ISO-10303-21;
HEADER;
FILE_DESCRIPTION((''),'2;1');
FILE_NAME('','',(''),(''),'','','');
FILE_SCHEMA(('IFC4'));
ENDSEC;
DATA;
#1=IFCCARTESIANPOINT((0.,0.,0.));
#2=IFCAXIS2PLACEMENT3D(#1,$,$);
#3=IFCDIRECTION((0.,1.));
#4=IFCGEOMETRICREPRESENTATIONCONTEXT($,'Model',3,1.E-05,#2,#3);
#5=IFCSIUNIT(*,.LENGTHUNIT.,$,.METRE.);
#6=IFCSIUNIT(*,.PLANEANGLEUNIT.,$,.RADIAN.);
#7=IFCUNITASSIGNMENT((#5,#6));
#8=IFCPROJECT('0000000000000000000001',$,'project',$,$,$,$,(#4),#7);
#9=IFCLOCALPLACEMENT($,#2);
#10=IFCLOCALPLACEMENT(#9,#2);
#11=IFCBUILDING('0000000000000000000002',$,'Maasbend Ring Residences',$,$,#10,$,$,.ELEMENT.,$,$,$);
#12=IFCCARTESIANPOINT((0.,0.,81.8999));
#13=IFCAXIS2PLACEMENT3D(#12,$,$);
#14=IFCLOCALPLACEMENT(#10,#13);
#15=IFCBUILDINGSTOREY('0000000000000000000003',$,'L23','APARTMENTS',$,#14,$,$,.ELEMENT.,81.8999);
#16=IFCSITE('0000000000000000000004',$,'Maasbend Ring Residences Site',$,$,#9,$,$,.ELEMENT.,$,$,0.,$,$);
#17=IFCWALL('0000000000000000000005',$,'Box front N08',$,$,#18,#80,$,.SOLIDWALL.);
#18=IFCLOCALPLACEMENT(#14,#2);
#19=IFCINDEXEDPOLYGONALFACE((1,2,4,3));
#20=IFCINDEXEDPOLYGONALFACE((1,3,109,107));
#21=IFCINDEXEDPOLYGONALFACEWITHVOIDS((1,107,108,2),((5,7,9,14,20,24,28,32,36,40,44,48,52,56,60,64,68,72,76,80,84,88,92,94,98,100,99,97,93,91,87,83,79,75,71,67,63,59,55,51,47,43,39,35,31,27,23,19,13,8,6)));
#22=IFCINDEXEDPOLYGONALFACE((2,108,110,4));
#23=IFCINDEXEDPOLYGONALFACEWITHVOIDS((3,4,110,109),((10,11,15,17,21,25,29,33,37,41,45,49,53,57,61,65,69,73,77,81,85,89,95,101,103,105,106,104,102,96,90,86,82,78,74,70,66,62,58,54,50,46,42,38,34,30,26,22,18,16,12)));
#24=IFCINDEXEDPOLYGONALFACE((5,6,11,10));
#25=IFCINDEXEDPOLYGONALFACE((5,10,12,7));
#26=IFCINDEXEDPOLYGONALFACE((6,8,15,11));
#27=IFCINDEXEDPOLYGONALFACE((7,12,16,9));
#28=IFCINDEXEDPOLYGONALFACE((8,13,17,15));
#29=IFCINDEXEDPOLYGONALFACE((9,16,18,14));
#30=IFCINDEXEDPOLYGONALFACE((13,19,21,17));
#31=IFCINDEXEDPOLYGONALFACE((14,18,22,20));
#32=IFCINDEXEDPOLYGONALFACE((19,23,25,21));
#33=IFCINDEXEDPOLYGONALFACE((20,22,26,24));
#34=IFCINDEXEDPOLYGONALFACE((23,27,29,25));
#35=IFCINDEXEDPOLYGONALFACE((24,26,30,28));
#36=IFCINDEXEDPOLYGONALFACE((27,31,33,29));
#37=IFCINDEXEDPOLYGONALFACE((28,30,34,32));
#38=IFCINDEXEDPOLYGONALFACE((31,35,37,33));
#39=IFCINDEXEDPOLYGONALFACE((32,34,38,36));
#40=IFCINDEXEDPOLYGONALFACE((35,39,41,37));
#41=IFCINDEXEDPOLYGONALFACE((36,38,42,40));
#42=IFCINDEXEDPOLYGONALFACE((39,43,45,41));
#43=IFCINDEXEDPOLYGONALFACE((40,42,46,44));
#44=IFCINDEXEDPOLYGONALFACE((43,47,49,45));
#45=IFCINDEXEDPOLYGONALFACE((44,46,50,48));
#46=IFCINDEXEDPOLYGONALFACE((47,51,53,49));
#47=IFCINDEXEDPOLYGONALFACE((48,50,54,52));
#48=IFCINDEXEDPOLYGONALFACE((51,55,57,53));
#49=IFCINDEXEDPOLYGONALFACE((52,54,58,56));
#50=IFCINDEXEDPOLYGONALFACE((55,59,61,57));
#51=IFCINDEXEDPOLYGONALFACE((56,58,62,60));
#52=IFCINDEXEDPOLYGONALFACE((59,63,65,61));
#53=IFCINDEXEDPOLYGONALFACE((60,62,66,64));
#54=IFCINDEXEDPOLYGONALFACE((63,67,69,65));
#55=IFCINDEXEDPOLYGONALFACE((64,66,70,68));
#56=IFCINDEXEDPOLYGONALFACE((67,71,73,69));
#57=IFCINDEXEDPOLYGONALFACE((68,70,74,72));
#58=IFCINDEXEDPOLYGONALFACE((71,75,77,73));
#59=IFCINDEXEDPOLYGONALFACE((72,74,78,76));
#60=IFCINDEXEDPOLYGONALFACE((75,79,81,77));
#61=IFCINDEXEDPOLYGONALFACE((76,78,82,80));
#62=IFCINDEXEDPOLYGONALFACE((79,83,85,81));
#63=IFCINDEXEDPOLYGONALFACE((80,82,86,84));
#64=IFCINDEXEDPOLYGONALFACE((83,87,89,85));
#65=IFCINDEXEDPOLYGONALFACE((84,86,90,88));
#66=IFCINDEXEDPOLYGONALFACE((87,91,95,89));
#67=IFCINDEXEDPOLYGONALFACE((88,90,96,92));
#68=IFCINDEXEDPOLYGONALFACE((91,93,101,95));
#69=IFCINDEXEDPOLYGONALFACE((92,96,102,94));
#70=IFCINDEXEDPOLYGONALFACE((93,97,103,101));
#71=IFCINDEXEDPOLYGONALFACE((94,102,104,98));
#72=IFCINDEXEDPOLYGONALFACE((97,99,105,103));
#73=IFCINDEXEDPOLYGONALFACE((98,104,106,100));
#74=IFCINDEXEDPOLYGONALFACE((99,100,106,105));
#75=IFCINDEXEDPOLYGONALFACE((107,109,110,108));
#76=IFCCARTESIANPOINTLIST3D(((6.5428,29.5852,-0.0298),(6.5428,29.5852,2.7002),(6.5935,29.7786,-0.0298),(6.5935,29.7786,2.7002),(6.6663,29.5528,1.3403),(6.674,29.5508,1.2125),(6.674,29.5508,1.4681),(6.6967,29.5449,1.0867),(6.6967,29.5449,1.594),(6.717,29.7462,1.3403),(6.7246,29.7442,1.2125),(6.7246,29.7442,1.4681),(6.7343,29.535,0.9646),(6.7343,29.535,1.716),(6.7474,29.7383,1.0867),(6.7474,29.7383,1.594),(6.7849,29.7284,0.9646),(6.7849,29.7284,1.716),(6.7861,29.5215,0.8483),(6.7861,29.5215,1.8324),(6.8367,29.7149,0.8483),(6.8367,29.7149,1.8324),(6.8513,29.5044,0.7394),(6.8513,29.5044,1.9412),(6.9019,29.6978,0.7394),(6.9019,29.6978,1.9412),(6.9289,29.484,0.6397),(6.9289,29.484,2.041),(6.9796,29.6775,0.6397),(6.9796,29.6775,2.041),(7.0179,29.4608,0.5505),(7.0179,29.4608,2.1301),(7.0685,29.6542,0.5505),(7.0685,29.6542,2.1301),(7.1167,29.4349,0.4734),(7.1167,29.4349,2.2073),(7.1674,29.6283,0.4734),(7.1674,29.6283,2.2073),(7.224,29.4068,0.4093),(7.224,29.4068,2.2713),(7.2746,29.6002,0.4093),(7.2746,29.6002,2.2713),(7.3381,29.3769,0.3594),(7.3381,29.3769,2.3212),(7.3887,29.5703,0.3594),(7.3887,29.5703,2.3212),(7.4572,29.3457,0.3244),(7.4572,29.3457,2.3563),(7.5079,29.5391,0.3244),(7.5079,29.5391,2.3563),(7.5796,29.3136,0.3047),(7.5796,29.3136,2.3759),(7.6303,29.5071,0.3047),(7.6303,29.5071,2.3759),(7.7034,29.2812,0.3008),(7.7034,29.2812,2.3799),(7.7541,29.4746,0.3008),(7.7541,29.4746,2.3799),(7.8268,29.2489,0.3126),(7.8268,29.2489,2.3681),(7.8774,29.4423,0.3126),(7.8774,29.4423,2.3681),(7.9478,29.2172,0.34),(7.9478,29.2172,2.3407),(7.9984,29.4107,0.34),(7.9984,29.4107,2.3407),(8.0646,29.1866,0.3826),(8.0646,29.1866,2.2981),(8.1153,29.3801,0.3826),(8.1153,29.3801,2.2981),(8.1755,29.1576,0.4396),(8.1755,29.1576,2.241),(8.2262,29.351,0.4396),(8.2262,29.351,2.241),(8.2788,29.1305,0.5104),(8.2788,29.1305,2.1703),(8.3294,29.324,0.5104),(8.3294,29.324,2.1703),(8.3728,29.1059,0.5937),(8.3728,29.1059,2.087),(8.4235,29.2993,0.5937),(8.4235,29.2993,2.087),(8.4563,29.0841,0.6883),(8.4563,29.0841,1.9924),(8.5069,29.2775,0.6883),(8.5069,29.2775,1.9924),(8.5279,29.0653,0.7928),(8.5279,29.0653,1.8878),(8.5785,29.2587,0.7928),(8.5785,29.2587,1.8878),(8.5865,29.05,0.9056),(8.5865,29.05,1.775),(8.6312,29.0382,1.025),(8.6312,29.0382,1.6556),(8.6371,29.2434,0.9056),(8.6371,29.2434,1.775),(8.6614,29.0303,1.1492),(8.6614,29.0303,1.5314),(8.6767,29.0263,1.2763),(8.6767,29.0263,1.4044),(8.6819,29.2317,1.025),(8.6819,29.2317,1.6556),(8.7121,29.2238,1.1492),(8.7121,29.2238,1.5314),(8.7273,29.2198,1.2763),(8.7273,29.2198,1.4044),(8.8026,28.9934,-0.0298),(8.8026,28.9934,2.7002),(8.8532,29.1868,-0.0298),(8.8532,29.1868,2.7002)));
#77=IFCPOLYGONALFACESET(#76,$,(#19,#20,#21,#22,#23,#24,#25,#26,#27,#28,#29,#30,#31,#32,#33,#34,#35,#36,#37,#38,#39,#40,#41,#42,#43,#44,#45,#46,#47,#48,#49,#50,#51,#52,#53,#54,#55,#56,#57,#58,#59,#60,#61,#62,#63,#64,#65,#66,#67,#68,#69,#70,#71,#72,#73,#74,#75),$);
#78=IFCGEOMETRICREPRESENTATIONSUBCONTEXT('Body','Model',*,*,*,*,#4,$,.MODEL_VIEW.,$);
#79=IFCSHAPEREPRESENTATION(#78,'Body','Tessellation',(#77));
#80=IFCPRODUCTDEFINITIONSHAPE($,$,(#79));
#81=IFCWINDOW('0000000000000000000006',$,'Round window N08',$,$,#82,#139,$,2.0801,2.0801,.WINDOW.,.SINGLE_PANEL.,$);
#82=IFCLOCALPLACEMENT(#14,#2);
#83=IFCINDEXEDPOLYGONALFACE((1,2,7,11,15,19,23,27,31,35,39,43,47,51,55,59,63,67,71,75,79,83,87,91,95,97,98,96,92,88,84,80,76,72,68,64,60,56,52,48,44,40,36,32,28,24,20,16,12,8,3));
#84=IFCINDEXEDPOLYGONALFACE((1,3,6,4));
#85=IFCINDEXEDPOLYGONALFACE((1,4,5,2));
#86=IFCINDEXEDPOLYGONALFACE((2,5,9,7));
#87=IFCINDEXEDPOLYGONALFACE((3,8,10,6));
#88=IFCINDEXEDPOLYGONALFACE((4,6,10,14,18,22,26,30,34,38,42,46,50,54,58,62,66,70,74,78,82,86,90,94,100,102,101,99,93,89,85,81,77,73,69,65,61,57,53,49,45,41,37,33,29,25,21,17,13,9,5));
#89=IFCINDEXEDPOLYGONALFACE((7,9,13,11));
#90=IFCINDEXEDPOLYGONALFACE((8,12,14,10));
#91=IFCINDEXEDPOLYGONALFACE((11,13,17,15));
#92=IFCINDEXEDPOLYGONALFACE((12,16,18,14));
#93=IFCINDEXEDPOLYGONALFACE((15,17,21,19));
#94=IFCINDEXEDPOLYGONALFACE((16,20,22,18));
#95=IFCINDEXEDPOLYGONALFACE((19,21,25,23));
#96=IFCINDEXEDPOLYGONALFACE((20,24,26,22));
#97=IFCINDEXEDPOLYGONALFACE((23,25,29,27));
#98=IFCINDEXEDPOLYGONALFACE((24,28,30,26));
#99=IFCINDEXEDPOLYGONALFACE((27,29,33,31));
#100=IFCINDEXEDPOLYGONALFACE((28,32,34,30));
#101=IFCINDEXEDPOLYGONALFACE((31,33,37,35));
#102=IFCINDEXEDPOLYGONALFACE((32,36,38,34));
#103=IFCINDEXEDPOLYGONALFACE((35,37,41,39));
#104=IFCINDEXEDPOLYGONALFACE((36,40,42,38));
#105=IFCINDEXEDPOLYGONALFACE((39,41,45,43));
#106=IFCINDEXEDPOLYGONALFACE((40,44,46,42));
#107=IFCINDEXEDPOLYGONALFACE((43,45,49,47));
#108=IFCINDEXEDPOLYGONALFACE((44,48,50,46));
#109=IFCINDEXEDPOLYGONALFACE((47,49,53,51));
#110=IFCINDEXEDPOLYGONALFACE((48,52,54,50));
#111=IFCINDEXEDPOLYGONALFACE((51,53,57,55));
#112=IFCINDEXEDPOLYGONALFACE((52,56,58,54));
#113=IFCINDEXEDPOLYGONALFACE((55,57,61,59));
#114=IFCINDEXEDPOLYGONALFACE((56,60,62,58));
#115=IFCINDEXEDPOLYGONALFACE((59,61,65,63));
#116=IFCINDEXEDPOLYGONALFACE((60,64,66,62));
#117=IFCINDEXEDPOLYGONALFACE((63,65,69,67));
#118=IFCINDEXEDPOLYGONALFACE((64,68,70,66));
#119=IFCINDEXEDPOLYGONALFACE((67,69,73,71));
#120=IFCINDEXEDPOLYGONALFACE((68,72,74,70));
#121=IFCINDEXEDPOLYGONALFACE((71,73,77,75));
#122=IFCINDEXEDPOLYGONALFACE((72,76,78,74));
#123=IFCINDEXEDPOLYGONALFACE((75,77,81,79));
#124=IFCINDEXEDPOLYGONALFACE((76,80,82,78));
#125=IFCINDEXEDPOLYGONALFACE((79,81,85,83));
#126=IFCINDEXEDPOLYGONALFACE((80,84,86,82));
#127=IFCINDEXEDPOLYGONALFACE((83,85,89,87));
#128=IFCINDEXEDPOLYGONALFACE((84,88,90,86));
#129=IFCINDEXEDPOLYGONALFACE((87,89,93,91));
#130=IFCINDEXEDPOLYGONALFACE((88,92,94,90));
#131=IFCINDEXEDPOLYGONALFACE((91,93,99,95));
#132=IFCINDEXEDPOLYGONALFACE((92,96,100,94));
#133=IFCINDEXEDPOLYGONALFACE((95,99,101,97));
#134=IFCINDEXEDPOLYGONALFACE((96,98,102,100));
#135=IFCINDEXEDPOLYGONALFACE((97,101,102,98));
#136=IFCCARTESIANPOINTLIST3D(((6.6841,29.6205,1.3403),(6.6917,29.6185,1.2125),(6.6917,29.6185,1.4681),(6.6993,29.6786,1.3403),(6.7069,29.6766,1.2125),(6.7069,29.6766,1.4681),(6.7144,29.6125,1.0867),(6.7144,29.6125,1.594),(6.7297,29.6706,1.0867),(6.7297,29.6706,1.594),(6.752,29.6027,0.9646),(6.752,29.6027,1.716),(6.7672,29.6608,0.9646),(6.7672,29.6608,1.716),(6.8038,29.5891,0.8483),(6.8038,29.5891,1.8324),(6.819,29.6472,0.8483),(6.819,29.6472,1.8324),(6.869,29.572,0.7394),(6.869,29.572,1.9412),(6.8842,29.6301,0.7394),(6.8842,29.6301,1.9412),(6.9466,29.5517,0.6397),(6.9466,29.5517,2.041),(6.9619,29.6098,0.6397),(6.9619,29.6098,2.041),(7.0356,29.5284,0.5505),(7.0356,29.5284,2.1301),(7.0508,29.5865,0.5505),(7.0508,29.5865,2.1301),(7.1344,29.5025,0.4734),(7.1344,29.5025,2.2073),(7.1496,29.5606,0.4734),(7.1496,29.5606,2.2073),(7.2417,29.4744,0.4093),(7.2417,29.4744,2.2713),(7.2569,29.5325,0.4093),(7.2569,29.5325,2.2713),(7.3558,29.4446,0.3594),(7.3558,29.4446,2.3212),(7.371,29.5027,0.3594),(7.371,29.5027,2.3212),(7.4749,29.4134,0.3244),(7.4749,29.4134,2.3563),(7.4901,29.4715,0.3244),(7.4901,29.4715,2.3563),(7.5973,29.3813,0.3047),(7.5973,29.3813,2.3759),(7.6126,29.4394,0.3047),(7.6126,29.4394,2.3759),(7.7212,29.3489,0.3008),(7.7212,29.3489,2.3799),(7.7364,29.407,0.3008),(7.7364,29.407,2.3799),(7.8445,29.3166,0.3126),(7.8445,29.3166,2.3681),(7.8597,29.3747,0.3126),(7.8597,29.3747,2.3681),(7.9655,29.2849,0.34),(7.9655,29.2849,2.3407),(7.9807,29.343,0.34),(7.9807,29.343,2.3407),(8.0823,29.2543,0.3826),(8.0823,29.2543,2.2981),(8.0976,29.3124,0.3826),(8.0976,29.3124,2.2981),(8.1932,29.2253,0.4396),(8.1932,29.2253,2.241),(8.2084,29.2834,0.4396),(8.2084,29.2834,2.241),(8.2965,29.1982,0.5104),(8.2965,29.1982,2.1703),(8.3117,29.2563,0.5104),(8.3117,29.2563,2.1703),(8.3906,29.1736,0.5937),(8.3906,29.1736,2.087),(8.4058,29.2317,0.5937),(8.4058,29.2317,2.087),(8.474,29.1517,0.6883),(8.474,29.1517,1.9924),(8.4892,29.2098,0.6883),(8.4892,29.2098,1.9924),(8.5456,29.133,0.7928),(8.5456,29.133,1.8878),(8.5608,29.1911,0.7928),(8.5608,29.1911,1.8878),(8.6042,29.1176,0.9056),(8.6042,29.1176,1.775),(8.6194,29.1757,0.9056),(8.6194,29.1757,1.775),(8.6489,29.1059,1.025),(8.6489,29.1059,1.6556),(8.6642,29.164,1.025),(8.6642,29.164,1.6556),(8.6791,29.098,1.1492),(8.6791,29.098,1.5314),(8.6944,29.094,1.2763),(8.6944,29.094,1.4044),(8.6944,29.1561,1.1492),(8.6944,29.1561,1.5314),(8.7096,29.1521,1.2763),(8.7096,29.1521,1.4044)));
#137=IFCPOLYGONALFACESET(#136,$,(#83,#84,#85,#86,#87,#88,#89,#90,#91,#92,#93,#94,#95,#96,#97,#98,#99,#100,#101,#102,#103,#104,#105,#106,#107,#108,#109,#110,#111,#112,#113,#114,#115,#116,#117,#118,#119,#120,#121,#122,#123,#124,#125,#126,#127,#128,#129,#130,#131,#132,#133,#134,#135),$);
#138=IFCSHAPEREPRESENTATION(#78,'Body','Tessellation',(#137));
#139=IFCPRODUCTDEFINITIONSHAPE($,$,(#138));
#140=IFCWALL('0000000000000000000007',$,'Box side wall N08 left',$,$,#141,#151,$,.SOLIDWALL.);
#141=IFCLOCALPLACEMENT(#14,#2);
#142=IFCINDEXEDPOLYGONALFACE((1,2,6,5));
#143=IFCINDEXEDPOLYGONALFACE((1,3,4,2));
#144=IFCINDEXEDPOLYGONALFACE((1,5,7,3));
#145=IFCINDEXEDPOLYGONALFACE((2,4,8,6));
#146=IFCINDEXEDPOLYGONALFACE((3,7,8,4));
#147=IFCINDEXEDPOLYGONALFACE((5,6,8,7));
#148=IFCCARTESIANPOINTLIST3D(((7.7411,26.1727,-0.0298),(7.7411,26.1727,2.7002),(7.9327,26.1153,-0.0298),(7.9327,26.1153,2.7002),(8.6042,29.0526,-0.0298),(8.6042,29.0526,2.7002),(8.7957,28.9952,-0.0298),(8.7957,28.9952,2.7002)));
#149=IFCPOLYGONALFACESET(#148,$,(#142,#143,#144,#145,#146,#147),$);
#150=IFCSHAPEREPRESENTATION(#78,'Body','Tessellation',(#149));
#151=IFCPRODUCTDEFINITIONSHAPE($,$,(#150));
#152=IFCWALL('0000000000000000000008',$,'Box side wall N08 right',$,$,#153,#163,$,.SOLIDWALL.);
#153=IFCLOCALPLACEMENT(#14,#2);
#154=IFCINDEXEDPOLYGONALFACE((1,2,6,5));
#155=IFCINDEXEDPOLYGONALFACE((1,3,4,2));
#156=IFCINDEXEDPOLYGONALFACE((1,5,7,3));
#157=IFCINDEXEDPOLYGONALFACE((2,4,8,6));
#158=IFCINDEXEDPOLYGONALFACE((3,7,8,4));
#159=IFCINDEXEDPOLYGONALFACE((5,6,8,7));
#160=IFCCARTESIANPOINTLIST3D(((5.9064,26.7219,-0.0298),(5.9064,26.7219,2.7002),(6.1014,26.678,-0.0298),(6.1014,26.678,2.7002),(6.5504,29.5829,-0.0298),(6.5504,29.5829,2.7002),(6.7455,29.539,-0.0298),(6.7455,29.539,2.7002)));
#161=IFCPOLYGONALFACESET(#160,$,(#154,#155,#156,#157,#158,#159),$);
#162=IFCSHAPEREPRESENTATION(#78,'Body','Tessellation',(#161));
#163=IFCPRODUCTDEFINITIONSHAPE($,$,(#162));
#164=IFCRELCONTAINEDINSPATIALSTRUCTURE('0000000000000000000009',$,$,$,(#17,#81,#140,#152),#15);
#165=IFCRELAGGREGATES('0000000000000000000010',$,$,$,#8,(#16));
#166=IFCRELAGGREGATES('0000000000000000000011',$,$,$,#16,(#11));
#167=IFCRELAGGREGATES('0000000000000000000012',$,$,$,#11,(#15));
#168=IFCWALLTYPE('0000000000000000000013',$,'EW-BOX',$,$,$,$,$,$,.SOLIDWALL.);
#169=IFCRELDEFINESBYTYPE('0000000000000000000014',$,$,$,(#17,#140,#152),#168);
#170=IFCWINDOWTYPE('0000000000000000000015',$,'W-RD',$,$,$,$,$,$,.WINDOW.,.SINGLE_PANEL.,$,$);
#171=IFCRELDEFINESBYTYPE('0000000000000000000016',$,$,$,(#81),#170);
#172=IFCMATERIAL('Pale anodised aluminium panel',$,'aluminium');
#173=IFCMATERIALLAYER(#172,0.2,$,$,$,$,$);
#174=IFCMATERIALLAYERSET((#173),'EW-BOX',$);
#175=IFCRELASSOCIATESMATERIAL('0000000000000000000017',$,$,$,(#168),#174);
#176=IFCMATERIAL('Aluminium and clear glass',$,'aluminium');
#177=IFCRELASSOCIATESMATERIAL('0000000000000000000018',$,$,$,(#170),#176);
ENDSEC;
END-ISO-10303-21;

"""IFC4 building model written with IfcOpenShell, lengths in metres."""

from ifc_helpers import new_model, si_unit, direction, frame, frame_2d, origin, place, context, subcontext, project, spatial, rectangle, circle, extrude, material, layer, layer_set, type_object, element, fill, save


model = new_model("IFC4")

# Units and contexts
model_context = context("Model", 3, precision=1e-05, world=origin(), true_north=direction((0.0, 1.0)))
body_context = subcontext(model_context, "Body", "Model", "MODEL_VIEW")
ifc_project = project(units=[si_unit("LENGTHUNIT", "METRE"), si_unit("PLANEANGLEUNIT", "RADIAN")], contexts=[model_context])

# Site, building, storey
site_placement = place(None, origin())
site = spatial("IfcSite", under=ifc_project, at=site_placement, Name="Maasbend Ring Residences Site", CompositionType="ELEMENT", RefElevation=0.0)
building_placement = place(site_placement, origin())
building = spatial("IfcBuilding", under=site, at=building_placement, Name="Maasbend Ring Residences", CompositionType="ELEMENT")
storey_placement = place(building_placement, frame((0.0, 0.0, 81.8999)))
storey = spatial("IfcBuildingStorey", under=building, at=storey_placement, Name="L23", Description="APARTMENTS", CompositionType="ELEMENT", Elevation=81.8999)

# Wall, opening, window
ifc_material_1 = material(Name="Pale anodised aluminium panel", Category="aluminium")
ifc_layer_1 = layer(ifc_material_1, 0.2)
ifc_layer_set_1 = layer_set([ifc_layer_1], Name="EW-BOX")
wall_type_1 = type_object("IfcWallType", Name="EW-BOX", PredefinedType="SOLIDWALL", material=ifc_layer_set_1)
wall_1_placement = place(storey_placement, frame((8.8279, 29.0901, -0.0298), z_axis=(0.0, 0.0, 1.0), x_axis=(-0.967377, 0.253341, 0.0)))
wall_1 = element("IfcWall", 1, at=wall_1_placement, inside=storey, type_object=wall_type_1, Name="Box front N08", PredefinedType="SOLIDWALL", context=body_context, shape_type="SweptSolid", body=[
    extrude(rectangle(XDim=2.3359, YDim=0.2, at=frame_2d((1.168, 0.0))), origin(), (0.0, 0.0, 1.0), 2.73),
])
opening_1_placement = place(wall_1_placement, frame((0.1282, 0.0, 0.3301)))
opening_1 = element("IfcOpeningElement", 2, at=opening_1_placement, cuts=wall_1, PredefinedType="OPENING", context=body_context, shape_type="SweptSolid", body=[
    extrude(circle(Radius=1.04, at=frame_2d((1.04, 1.04))), frame((0.0, 0.1099, 0.0), z_axis=(0.0, -1.0, 0.0), x_axis=(1.0, 0.0, 0.0)), (0.0, 0.0, 1.0), 0.22),
])
ifc_material_2 = material(Name="Aluminium and clear glass", Category="aluminium")
window_type_1 = type_object("IfcWindowType", Name="W-RD", PartitioningType="SINGLE_PANEL", PredefinedType="WINDOW", material=ifc_material_2)
window_1_placement = place(opening_1_placement, origin())
window_1 = element("IfcWindow", 3, at=window_1_placement, inside=storey, type_object=window_type_1, Name="Round window N08", OverallHeight=2.0801, OverallWidth=2.0801, PartitioningType="SINGLE_PANEL", PredefinedType="WINDOW", context=body_context, shape_type="SweptSolid", body=[
    extrude(circle(Radius=1.04, at=frame_2d((1.04, 1.04))), frame((0.0, 0.03, 0.0), z_axis=(0.0, -1.0, 0.0), x_axis=(1.0, 0.0, 0.0)), (0.0, 0.0, 1.0), 0.0601),
])
fill(opening_1, window_1)

# Walls
wall_2_placement = place(storey_placement, frame((7.8369, 26.144, -0.0298), z_axis=(0.0, 0.0, 1.0), x_axis=(0.287065, 0.957911, 0.0)))
element("IfcWall", 4, at=wall_2_placement, inside=storey, type_object=wall_type_1, Name="Box side wall N08 left", PredefinedType="SOLIDWALL", context=body_context, shape_type="SweptSolid", body=[
    extrude(rectangle(XDim=3.0063, YDim=0.2, at=frame_2d((1.5032, 0.0))), origin(), (0.0, 0.0, 1.0), 2.73),
])
wall_3_placement = place(storey_placement, frame((6.0039, 26.7, -0.0298), z_axis=(0.0, 0.0, 1.0), x_axis=(0.219609, 0.975588, 0.0)))
element("IfcWall", 5, at=wall_3_placement, inside=storey, type_object=wall_type_1, Name="Box side wall N08 right", PredefinedType="SOLIDWALL", context=body_context, shape_type="SweptSolid", body=[
    extrude(rectangle(XDim=2.9326, YDim=0.2, at=frame_2d((1.4663, 0.0))), origin(), (0.0, 0.0, 1.0), 2.73),
])

save(model, "model.ifc")
